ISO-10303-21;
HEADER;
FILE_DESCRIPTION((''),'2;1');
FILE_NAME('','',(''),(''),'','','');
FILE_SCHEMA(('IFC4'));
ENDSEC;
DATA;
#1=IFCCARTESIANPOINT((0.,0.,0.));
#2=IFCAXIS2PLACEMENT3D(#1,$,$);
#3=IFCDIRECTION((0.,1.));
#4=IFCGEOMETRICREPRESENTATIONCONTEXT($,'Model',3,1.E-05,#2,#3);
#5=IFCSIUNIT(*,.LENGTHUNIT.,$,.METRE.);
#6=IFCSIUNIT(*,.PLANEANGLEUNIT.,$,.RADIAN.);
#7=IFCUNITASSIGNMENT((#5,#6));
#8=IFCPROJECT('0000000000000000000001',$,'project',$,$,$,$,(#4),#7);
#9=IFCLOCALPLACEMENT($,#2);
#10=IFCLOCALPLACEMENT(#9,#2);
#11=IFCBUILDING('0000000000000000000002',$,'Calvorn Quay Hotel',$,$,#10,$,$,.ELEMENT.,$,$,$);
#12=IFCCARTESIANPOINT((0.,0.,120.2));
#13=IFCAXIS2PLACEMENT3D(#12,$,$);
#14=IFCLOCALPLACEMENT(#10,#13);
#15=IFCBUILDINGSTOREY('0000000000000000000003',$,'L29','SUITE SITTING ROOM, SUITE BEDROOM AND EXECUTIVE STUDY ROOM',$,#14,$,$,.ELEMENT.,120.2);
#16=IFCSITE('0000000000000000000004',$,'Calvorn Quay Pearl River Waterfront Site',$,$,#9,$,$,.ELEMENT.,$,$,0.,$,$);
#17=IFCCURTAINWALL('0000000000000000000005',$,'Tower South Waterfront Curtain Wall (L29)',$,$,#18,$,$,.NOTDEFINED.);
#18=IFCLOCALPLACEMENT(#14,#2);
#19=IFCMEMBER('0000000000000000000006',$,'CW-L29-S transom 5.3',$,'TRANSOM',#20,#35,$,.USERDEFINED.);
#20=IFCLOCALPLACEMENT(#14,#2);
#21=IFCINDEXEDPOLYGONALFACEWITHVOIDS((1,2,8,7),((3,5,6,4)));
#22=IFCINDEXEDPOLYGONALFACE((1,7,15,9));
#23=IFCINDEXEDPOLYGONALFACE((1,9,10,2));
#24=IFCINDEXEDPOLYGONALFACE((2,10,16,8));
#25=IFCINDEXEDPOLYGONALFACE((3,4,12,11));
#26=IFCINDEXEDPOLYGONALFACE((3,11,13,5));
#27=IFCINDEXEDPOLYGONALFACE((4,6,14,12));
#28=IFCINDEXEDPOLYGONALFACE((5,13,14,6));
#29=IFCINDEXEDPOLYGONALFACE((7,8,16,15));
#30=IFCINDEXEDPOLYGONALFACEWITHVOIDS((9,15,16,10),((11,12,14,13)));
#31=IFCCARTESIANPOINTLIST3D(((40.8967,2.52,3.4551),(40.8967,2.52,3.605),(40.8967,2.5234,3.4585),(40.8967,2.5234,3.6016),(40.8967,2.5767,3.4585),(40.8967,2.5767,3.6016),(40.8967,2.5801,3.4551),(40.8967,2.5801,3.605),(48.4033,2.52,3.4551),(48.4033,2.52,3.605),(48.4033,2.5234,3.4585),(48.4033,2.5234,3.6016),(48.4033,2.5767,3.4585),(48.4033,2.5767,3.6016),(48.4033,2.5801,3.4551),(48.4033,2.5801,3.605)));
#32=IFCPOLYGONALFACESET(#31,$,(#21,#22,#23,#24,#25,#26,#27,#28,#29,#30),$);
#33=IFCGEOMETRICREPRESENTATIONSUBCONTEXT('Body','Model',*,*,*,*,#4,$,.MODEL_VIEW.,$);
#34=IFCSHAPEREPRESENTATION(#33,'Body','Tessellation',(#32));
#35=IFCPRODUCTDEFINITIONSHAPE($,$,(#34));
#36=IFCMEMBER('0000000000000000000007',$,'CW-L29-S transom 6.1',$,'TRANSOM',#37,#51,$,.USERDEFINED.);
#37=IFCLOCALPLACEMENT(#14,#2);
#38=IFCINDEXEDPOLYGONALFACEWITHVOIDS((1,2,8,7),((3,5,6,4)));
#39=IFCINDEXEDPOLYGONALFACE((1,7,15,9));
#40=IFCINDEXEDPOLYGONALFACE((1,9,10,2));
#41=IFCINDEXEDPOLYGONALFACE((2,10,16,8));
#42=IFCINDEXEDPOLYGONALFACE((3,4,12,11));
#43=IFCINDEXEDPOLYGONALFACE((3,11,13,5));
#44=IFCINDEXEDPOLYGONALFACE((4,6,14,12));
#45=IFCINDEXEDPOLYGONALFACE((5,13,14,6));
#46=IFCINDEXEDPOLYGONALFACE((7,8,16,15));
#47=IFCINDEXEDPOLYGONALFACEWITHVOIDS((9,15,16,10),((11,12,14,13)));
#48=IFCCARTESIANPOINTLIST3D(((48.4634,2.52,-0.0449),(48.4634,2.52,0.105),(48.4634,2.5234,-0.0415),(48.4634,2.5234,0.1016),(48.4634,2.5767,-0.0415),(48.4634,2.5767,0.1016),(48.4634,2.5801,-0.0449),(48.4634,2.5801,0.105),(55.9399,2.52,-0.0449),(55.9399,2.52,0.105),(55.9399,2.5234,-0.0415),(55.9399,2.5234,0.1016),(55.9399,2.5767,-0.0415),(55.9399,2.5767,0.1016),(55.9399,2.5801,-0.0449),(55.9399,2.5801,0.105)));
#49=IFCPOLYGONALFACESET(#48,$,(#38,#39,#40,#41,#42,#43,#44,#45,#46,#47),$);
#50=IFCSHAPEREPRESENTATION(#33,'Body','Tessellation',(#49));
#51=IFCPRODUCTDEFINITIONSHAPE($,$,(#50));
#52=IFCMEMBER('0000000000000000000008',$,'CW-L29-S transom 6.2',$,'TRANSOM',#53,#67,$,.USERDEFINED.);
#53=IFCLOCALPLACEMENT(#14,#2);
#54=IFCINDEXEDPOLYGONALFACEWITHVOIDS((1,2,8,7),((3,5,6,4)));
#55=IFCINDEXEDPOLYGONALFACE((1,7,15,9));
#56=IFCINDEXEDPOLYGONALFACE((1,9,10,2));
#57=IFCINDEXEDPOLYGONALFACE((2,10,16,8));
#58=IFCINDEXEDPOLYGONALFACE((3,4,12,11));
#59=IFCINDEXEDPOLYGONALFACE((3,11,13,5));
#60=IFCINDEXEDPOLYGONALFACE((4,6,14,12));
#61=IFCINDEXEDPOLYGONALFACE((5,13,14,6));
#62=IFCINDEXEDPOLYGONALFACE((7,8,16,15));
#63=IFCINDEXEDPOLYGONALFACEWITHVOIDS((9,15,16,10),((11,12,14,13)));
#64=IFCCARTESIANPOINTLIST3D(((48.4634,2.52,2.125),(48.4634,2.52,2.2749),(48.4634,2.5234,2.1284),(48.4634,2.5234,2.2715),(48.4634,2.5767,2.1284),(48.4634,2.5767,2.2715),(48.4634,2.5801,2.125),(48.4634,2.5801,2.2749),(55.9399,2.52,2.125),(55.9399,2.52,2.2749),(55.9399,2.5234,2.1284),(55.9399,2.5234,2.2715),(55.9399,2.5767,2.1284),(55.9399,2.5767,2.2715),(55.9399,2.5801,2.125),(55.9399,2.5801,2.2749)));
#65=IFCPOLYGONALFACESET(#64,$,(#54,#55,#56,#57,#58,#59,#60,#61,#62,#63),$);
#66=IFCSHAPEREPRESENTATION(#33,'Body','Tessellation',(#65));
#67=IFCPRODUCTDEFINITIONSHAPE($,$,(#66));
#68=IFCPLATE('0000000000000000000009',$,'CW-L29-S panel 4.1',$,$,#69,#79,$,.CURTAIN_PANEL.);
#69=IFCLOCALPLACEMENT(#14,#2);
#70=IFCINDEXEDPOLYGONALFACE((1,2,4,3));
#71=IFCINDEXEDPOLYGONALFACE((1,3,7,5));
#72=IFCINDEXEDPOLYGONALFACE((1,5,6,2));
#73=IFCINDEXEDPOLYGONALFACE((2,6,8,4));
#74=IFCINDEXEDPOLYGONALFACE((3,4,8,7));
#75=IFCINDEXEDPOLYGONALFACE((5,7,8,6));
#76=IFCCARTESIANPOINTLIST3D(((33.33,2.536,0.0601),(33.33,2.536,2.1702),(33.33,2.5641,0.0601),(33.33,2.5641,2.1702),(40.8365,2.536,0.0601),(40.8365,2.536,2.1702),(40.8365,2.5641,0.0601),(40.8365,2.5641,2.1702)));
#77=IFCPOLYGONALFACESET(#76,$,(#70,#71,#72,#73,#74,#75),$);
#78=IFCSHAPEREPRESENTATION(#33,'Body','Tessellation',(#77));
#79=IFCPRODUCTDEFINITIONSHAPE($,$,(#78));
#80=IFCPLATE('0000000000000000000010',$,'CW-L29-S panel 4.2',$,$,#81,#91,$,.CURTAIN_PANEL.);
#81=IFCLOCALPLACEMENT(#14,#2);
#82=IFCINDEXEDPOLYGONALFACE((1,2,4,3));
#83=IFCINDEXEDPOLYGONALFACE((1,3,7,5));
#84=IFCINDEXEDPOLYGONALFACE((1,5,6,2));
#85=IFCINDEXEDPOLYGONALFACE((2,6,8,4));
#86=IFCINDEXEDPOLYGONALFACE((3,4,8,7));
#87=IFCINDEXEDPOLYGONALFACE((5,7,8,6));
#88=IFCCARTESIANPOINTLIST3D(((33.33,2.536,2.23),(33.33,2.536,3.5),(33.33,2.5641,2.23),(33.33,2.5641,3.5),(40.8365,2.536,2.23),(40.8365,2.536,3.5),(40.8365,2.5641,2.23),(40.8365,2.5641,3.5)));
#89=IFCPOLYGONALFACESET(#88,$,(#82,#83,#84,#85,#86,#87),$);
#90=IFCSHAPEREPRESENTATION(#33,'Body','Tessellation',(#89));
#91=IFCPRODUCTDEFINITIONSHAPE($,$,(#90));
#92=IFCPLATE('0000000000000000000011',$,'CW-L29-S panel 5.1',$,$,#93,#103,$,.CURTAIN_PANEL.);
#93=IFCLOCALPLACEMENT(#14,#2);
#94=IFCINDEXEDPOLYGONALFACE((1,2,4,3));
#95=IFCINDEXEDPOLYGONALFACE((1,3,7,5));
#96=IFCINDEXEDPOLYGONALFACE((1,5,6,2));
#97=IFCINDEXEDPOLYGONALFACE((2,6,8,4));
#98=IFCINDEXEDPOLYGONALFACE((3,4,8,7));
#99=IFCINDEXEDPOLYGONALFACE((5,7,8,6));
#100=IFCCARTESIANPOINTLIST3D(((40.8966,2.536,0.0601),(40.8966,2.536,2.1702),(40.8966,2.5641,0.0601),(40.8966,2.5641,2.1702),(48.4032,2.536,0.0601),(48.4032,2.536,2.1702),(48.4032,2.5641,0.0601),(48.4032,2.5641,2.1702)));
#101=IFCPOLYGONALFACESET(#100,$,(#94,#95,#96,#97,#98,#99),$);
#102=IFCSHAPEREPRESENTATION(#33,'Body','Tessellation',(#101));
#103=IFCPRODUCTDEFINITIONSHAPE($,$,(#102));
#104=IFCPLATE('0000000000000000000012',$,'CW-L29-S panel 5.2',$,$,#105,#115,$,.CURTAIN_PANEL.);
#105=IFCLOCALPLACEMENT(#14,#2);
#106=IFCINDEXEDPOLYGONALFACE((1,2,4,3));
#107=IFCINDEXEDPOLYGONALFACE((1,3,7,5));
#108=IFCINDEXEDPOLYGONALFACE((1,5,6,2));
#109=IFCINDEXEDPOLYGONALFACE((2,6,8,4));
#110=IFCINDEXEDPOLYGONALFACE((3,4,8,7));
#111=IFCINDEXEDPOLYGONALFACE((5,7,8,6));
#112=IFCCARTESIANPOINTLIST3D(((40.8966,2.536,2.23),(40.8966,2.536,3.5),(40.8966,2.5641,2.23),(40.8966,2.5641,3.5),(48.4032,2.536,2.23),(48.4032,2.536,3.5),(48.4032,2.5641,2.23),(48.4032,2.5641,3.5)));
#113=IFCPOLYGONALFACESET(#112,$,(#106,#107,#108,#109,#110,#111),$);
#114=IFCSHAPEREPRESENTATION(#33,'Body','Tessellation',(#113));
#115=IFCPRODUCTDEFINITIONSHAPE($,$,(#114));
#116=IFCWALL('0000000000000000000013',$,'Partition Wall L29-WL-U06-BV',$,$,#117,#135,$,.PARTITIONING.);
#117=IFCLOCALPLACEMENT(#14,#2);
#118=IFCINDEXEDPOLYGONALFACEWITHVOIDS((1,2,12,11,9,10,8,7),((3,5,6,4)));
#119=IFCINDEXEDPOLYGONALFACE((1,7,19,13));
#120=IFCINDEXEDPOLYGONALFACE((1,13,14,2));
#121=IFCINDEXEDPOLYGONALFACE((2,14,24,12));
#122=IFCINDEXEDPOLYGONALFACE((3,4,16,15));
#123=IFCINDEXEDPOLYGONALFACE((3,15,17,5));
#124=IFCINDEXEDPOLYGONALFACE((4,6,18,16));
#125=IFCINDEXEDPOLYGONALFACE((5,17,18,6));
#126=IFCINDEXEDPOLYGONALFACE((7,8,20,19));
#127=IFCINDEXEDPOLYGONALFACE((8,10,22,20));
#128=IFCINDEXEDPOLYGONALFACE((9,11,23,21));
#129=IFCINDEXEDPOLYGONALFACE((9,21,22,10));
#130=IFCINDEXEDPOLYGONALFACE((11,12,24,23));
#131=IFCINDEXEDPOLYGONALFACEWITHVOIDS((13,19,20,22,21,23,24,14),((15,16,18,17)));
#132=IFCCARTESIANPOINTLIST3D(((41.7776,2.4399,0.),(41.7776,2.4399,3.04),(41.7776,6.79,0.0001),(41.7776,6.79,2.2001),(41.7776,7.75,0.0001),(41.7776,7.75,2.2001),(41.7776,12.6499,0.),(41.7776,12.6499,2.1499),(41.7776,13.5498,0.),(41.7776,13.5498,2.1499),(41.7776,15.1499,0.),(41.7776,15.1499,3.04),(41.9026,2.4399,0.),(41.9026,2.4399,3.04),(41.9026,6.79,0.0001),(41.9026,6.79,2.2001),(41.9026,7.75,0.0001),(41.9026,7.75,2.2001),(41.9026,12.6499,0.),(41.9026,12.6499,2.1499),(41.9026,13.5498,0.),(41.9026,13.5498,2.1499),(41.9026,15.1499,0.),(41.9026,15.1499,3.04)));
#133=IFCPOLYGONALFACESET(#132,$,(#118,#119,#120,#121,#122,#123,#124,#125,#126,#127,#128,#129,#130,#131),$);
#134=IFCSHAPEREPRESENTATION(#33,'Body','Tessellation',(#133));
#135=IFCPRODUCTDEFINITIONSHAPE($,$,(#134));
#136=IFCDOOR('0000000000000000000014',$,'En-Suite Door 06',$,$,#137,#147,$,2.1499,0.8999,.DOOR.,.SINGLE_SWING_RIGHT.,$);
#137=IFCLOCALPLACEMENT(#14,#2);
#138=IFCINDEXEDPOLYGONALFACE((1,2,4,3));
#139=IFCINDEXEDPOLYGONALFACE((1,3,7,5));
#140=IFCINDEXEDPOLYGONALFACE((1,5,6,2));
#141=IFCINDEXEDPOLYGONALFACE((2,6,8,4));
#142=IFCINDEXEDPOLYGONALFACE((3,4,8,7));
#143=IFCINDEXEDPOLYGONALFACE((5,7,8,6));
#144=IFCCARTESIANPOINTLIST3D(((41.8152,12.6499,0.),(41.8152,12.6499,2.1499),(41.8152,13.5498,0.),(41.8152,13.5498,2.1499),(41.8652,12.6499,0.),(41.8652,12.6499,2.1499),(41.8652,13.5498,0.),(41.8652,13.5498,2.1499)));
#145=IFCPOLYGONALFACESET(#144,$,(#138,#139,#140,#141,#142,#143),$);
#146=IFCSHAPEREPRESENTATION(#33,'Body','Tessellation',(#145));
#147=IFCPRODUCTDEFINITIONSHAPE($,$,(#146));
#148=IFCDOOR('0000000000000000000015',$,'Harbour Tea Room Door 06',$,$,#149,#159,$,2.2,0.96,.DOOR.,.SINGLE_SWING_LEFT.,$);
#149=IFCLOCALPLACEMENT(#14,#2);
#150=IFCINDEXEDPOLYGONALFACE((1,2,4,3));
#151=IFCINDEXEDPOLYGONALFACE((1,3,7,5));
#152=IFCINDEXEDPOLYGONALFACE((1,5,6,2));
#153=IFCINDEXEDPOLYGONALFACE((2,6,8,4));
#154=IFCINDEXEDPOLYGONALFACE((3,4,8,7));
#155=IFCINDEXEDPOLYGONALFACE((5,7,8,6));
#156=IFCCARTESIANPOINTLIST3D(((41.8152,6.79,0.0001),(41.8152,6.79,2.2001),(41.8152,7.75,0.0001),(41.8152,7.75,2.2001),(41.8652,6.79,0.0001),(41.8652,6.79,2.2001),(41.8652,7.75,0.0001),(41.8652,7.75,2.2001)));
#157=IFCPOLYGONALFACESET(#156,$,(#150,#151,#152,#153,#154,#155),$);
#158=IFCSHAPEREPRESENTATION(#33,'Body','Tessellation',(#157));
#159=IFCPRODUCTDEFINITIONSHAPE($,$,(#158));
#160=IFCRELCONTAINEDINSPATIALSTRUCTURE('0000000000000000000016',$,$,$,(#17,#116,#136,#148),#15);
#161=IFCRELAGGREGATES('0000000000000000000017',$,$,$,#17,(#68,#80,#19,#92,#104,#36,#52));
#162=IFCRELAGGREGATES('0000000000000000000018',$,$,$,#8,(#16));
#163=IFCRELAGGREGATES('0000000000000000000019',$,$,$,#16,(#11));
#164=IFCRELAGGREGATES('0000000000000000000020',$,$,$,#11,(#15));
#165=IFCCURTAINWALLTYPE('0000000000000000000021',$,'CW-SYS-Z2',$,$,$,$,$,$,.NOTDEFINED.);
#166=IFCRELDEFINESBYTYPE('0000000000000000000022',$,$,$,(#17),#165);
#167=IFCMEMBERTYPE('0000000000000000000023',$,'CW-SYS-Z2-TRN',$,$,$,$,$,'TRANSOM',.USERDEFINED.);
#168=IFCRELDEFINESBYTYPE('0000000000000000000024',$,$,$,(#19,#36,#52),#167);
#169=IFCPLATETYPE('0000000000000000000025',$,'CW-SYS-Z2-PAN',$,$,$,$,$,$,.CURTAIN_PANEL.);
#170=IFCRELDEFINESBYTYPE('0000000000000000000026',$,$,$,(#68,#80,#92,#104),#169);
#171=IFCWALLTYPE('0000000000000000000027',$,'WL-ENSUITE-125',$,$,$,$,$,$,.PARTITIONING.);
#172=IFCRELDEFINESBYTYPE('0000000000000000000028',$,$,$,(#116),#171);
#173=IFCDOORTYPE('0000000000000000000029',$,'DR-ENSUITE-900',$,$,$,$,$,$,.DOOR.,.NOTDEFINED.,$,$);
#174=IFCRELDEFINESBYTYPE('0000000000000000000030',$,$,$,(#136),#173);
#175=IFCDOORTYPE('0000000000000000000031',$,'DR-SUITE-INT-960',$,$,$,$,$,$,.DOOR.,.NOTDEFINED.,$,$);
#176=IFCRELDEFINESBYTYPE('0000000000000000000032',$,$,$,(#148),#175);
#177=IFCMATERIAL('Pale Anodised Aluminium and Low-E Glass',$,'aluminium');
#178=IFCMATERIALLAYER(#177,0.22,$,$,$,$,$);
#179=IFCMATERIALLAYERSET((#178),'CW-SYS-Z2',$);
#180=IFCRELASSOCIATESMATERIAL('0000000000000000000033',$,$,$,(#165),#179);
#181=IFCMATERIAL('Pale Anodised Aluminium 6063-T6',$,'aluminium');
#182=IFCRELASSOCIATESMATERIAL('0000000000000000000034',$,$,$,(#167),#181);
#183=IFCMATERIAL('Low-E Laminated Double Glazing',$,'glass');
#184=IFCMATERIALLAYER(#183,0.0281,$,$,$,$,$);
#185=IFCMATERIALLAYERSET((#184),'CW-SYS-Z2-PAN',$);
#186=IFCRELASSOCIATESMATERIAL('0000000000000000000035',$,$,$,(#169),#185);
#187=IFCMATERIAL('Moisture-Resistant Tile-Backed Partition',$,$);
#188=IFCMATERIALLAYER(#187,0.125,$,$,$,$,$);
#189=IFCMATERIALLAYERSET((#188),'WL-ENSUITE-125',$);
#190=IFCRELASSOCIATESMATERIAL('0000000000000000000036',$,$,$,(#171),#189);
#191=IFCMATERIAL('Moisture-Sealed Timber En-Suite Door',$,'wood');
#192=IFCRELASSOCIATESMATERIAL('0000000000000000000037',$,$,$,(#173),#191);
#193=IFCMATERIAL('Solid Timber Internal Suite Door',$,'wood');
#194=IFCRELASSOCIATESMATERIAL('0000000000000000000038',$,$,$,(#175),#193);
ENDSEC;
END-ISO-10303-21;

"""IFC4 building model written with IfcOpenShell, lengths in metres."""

from ifc_helpers import new_model, si_unit, direction, frame, frame_2d, origin, origin_2d, place, context, subcontext, project, spatial, rectangle, hollow_rectangle, extrude, material, layer, layer_set, material_profile, profile_set, type_object, element, fill, aggregate, save


model = new_model("IFC4")

# Units and contexts
model_context = context("Model", 3, precision=1e-05, world=origin(), true_north=direction((0.0, 1.0)))
body_context = subcontext(model_context, "Body", "Model", "MODEL_VIEW")
ifc_project = project(units=[si_unit("LENGTHUNIT", "METRE"), si_unit("PLANEANGLEUNIT", "RADIAN")], contexts=[model_context])

# Site, building, storey
site_placement = place(None, origin())
site = spatial("IfcSite", under=ifc_project, at=site_placement, Name="Calvorn Quay Pearl River Waterfront Site", CompositionType="ELEMENT", RefElevation=0.0)
building_placement = place(site_placement, origin())
building = spatial("IfcBuilding", under=site, at=building_placement, Name="Calvorn Quay Hotel", CompositionType="ELEMENT")
storey_placement = place(building_placement, frame((0.0, 0.0, 120.2)))
storey = spatial("IfcBuildingStorey", under=building, at=storey_placement, Name="L29", Description="SUITE SITTING ROOM, SUITE BEDROOM AND EXECUTIVE STUDY ROOM", CompositionType="ELEMENT", Elevation=120.2)

# Curtain wall, members, plates
ifc_material_1 = material(Name="Pale Anodised Aluminium and Low-E Glass", Category="aluminium")
ifc_layer_1 = layer(ifc_material_1, 0.22)
ifc_layer_set_1 = layer_set([ifc_layer_1], Name="CW-SYS-Z2")
curtain_wall_type = type_object("IfcCurtainWallType", Name="CW-SYS-Z2", PredefinedType="NOTDEFINED", material=ifc_layer_set_1)
curtain_wall_placement = place(storey_placement, origin())
curtain_wall = element("IfcCurtainWall", 1, at=curtain_wall_placement, inside=storey, type_object=curtain_wall_type, Name="Tower South Waterfront Curtain Wall (L29)", PredefinedType="NOTDEFINED")
ifc_material_2 = material(Name="Pale Anodised Aluminium 6063-T6", Category="aluminium")
ifc_material_profile_1 = material_profile(ifc_material_2, hollow_rectangle(XDim=0.0601, YDim=0.1499, WallThickness=0.0034, at=origin_2d()), Name="ALU-T150x60x3.5")
ifc_profile_set_1 = profile_set([ifc_material_profile_1], Name="Pale Anodised Aluminium 6063-T6")
member_type_1 = type_object("IfcMemberType", Name="CW-SYS-Z2-TRN", ElementType="TRANSOM", PredefinedType="USERDEFINED", material=ifc_profile_set_1)
member_1_placement = place(storey_placement, frame((40.8967, 2.55, 3.53), z_axis=(1.0, 0.0, 0.0), x_axis=(0.0, 1.0, 0.0)))
member_1 = element("IfcMember", 2, at=member_1_placement, type_object=member_type_1, Name="CW-L29-S transom 5.3", ObjectType="TRANSOM", PredefinedType="USERDEFINED", context=body_context, shape_type="SweptSolid", body=[
    extrude(hollow_rectangle(XDim=0.0601, YDim=0.1499, WallThickness=0.0034, at=origin_2d()), origin(), (0.0, 0.0, 1.0), 7.5066),
])
member_2_placement = place(storey_placement, frame((48.4634, 2.55, 0.03), z_axis=(1.0, 0.0, 0.0), x_axis=(0.0, 1.0, 0.0)))
member_2 = element("IfcMember", 3, at=member_2_placement, type_object=member_type_1, Name="CW-L29-S transom 6.1", ObjectType="TRANSOM", PredefinedType="USERDEFINED", context=body_context, shape_type="SweptSolid", body=[
    extrude(hollow_rectangle(XDim=0.0601, YDim=0.1499, WallThickness=0.0034, at=origin_2d()), origin(), (0.0, 0.0, 1.0), 7.4766),
])
member_3_placement = place(storey_placement, frame((48.4634, 2.55, 2.2), z_axis=(1.0, 0.0, 0.0), x_axis=(0.0, 1.0, 0.0)))
member_3 = element("IfcMember", 4, at=member_3_placement, type_object=member_type_1, Name="CW-L29-S transom 6.2", ObjectType="TRANSOM", PredefinedType="USERDEFINED", context=body_context, shape_type="SweptSolid", body=[
    extrude(hollow_rectangle(XDim=0.0601, YDim=0.1499, WallThickness=0.0034, at=origin_2d()), origin(), (0.0, 0.0, 1.0), 7.4766),
])
ifc_material_3 = material(Name="Low-E Laminated Double Glazing", Category="glass")
ifc_layer_2 = layer(ifc_material_3, 0.0281)
ifc_layer_set_2 = layer_set([ifc_layer_2], Name="CW-SYS-Z2-PAN")
plate_type = type_object("IfcPlateType", Name="CW-SYS-Z2-PAN", PredefinedType="CURTAIN_PANEL", material=ifc_layer_set_2)
plate_1_placement = place(storey_placement, frame((37.0833, 2.55, 0.0601), z_axis=(0.0, 0.0, 1.0), x_axis=(1.0, 0.0, 0.0)))
plate_1 = element("IfcPlate", 5, at=plate_1_placement, type_object=plate_type, Name="CW-L29-S panel 4.1", PredefinedType="CURTAIN_PANEL", context=body_context, shape_type="SweptSolid", body=[
    extrude(rectangle(XDim=7.5066, YDim=0.0281, at=origin_2d()), origin(), (0.0, 0.0, 1.0), 2.1101),
])
plate_2_placement = place(storey_placement, frame((37.0833, 2.55, 2.23), z_axis=(0.0, 0.0, 1.0), x_axis=(1.0, 0.0, 0.0)))
plate_2 = element("IfcPlate", 6, at=plate_2_placement, type_object=plate_type, Name="CW-L29-S panel 4.2", PredefinedType="CURTAIN_PANEL", context=body_context, shape_type="SweptSolid", body=[
    extrude(rectangle(XDim=7.5066, YDim=0.0281, at=origin_2d()), origin(), (0.0, 0.0, 1.0), 1.27),
])
plate_3_placement = place(storey_placement, frame((44.6499, 2.55, 0.0601), z_axis=(0.0, 0.0, 1.0), x_axis=(1.0, 0.0, 0.0)))
plate_3 = element("IfcPlate", 7, at=plate_3_placement, type_object=plate_type, Name="CW-L29-S panel 5.1", PredefinedType="CURTAIN_PANEL", context=body_context, shape_type="SweptSolid", body=[
    extrude(rectangle(XDim=7.5066, YDim=0.0281, at=origin_2d()), origin(), (0.0, 0.0, 1.0), 2.1101),
])
plate_4_placement = place(storey_placement, frame((44.6499, 2.55, 2.23), z_axis=(0.0, 0.0, 1.0), x_axis=(1.0, 0.0, 0.0)))
plate_4 = element("IfcPlate", 8, at=plate_4_placement, type_object=plate_type, Name="CW-L29-S panel 5.2", PredefinedType="CURTAIN_PANEL", context=body_context, shape_type="SweptSolid", body=[
    extrude(rectangle(XDim=7.5066, YDim=0.0281, at=origin_2d()), origin(), (0.0, 0.0, 1.0), 1.27),
])
aggregate(curtain_wall, [plate_1, plate_2, member_1, plate_3, plate_4, member_2, member_3])

# Wall, openings, doors
ifc_material_4 = material(Name="Moisture-Resistant Tile-Backed Partition")
ifc_layer_3 = layer(ifc_material_4, 0.125)
ifc_layer_set_3 = layer_set([ifc_layer_3], Name="WL-ENSUITE-125")
wall_type_1 = type_object("IfcWallType", Name="WL-ENSUITE-125", PredefinedType="PARTITIONING", material=ifc_layer_set_3)
wall_1_placement = place(storey_placement, frame((41.8401, 2.4399, 0.0), z_axis=(0.0, 0.0, 1.0), x_axis=(0.0, 1.0, 0.0)))
wall_1 = element("IfcWall", 9, at=wall_1_placement, inside=storey, type_object=wall_type_1, Name="Partition Wall L29-WL-U06-BV", PredefinedType="PARTITIONING", context=body_context, shape_type="SweptSolid", body=[
    extrude(rectangle(XDim=12.71, YDim=0.125, at=frame_2d((6.355, 0.0))), origin(), (0.0, 0.0, 1.0), 3.04),
])
opening_1_placement = place(wall_1_placement, frame((4.3501, 0.0, 0.0)))
opening_1 = element("IfcOpeningElement", 10, at=opening_1_placement, cuts=wall_1, PredefinedType="OPENING", context=body_context, shape_type="SweptSolid", body=[
    extrude(rectangle(XDim=0.96, YDim=2.2, at=frame_2d((0.48, 1.1001))), frame((0.0, 0.0725, 0.0), z_axis=(0.0, -1.0, 0.0), x_axis=(1.0, 0.0, 0.0)), (0.0, 0.0, 1.0), 0.145),
])
opening_2_placement = place(wall_1_placement, frame((10.21, 0.0, 0.0)))
opening_2 = element("IfcOpeningElement", 11, at=opening_2_placement, cuts=wall_1, PredefinedType="OPENING", context=body_context, shape_type="SweptSolid", body=[
    extrude(rectangle(XDim=0.8999, YDim=2.1499, at=frame_2d((0.45, 1.075))), frame((0.0, 0.0725, 0.0), z_axis=(0.0, -1.0, 0.0), x_axis=(1.0, 0.0, 0.0)), (0.0, 0.0, 1.0), 0.145),
])
ifc_material_5 = material(Name="Moisture-Sealed Timber En-Suite Door", Category="wood")
door_type_1 = type_object("IfcDoorType", Name="DR-ENSUITE-900", OperationType="NOTDEFINED", PredefinedType="DOOR", material=ifc_material_5)
door_1_placement = place(opening_2_placement, origin())
door_1 = element("IfcDoor", 12, at=door_1_placement, inside=storey, type_object=door_type_1, Name="En-Suite Door 06", OperationType="SINGLE_SWING_RIGHT", OverallHeight=2.1499, OverallWidth=0.8999, PredefinedType="DOOR", context=body_context, shape_type="SweptSolid", body=[
    extrude(rectangle(XDim=0.8999, YDim=2.1499, at=frame_2d((0.45, 1.075))), frame((0.0, 0.0249, 0.0), z_axis=(0.0, -1.0, 0.0), x_axis=(1.0, 0.0, 0.0)), (0.0, 0.0, 1.0), 0.05),
])
fill(opening_2, door_1)
ifc_material_6 = material(Name="Solid Timber Internal Suite Door", Category="wood")
door_type_2 = type_object("IfcDoorType", Name="DR-SUITE-INT-960", OperationType="NOTDEFINED", PredefinedType="DOOR", material=ifc_material_6)
door_2_placement = place(opening_1_placement, origin())
door_2 = element("IfcDoor", 13, at=door_2_placement, inside=storey, type_object=door_type_2, Name="Harbour Tea Room Door 06", OperationType="SINGLE_SWING_LEFT", OverallHeight=2.2, OverallWidth=0.96, PredefinedType="DOOR", context=body_context, shape_type="SweptSolid", body=[
    extrude(rectangle(XDim=0.96, YDim=2.2, at=frame_2d((0.48, 1.1001))), frame((0.0, 0.0249, 0.0), z_axis=(0.0, -1.0, 0.0), x_axis=(1.0, 0.0, 0.0)), (0.0, 0.0, 1.0), 0.05),
])
fill(opening_1, door_2)

save(model, "model.ifc")
